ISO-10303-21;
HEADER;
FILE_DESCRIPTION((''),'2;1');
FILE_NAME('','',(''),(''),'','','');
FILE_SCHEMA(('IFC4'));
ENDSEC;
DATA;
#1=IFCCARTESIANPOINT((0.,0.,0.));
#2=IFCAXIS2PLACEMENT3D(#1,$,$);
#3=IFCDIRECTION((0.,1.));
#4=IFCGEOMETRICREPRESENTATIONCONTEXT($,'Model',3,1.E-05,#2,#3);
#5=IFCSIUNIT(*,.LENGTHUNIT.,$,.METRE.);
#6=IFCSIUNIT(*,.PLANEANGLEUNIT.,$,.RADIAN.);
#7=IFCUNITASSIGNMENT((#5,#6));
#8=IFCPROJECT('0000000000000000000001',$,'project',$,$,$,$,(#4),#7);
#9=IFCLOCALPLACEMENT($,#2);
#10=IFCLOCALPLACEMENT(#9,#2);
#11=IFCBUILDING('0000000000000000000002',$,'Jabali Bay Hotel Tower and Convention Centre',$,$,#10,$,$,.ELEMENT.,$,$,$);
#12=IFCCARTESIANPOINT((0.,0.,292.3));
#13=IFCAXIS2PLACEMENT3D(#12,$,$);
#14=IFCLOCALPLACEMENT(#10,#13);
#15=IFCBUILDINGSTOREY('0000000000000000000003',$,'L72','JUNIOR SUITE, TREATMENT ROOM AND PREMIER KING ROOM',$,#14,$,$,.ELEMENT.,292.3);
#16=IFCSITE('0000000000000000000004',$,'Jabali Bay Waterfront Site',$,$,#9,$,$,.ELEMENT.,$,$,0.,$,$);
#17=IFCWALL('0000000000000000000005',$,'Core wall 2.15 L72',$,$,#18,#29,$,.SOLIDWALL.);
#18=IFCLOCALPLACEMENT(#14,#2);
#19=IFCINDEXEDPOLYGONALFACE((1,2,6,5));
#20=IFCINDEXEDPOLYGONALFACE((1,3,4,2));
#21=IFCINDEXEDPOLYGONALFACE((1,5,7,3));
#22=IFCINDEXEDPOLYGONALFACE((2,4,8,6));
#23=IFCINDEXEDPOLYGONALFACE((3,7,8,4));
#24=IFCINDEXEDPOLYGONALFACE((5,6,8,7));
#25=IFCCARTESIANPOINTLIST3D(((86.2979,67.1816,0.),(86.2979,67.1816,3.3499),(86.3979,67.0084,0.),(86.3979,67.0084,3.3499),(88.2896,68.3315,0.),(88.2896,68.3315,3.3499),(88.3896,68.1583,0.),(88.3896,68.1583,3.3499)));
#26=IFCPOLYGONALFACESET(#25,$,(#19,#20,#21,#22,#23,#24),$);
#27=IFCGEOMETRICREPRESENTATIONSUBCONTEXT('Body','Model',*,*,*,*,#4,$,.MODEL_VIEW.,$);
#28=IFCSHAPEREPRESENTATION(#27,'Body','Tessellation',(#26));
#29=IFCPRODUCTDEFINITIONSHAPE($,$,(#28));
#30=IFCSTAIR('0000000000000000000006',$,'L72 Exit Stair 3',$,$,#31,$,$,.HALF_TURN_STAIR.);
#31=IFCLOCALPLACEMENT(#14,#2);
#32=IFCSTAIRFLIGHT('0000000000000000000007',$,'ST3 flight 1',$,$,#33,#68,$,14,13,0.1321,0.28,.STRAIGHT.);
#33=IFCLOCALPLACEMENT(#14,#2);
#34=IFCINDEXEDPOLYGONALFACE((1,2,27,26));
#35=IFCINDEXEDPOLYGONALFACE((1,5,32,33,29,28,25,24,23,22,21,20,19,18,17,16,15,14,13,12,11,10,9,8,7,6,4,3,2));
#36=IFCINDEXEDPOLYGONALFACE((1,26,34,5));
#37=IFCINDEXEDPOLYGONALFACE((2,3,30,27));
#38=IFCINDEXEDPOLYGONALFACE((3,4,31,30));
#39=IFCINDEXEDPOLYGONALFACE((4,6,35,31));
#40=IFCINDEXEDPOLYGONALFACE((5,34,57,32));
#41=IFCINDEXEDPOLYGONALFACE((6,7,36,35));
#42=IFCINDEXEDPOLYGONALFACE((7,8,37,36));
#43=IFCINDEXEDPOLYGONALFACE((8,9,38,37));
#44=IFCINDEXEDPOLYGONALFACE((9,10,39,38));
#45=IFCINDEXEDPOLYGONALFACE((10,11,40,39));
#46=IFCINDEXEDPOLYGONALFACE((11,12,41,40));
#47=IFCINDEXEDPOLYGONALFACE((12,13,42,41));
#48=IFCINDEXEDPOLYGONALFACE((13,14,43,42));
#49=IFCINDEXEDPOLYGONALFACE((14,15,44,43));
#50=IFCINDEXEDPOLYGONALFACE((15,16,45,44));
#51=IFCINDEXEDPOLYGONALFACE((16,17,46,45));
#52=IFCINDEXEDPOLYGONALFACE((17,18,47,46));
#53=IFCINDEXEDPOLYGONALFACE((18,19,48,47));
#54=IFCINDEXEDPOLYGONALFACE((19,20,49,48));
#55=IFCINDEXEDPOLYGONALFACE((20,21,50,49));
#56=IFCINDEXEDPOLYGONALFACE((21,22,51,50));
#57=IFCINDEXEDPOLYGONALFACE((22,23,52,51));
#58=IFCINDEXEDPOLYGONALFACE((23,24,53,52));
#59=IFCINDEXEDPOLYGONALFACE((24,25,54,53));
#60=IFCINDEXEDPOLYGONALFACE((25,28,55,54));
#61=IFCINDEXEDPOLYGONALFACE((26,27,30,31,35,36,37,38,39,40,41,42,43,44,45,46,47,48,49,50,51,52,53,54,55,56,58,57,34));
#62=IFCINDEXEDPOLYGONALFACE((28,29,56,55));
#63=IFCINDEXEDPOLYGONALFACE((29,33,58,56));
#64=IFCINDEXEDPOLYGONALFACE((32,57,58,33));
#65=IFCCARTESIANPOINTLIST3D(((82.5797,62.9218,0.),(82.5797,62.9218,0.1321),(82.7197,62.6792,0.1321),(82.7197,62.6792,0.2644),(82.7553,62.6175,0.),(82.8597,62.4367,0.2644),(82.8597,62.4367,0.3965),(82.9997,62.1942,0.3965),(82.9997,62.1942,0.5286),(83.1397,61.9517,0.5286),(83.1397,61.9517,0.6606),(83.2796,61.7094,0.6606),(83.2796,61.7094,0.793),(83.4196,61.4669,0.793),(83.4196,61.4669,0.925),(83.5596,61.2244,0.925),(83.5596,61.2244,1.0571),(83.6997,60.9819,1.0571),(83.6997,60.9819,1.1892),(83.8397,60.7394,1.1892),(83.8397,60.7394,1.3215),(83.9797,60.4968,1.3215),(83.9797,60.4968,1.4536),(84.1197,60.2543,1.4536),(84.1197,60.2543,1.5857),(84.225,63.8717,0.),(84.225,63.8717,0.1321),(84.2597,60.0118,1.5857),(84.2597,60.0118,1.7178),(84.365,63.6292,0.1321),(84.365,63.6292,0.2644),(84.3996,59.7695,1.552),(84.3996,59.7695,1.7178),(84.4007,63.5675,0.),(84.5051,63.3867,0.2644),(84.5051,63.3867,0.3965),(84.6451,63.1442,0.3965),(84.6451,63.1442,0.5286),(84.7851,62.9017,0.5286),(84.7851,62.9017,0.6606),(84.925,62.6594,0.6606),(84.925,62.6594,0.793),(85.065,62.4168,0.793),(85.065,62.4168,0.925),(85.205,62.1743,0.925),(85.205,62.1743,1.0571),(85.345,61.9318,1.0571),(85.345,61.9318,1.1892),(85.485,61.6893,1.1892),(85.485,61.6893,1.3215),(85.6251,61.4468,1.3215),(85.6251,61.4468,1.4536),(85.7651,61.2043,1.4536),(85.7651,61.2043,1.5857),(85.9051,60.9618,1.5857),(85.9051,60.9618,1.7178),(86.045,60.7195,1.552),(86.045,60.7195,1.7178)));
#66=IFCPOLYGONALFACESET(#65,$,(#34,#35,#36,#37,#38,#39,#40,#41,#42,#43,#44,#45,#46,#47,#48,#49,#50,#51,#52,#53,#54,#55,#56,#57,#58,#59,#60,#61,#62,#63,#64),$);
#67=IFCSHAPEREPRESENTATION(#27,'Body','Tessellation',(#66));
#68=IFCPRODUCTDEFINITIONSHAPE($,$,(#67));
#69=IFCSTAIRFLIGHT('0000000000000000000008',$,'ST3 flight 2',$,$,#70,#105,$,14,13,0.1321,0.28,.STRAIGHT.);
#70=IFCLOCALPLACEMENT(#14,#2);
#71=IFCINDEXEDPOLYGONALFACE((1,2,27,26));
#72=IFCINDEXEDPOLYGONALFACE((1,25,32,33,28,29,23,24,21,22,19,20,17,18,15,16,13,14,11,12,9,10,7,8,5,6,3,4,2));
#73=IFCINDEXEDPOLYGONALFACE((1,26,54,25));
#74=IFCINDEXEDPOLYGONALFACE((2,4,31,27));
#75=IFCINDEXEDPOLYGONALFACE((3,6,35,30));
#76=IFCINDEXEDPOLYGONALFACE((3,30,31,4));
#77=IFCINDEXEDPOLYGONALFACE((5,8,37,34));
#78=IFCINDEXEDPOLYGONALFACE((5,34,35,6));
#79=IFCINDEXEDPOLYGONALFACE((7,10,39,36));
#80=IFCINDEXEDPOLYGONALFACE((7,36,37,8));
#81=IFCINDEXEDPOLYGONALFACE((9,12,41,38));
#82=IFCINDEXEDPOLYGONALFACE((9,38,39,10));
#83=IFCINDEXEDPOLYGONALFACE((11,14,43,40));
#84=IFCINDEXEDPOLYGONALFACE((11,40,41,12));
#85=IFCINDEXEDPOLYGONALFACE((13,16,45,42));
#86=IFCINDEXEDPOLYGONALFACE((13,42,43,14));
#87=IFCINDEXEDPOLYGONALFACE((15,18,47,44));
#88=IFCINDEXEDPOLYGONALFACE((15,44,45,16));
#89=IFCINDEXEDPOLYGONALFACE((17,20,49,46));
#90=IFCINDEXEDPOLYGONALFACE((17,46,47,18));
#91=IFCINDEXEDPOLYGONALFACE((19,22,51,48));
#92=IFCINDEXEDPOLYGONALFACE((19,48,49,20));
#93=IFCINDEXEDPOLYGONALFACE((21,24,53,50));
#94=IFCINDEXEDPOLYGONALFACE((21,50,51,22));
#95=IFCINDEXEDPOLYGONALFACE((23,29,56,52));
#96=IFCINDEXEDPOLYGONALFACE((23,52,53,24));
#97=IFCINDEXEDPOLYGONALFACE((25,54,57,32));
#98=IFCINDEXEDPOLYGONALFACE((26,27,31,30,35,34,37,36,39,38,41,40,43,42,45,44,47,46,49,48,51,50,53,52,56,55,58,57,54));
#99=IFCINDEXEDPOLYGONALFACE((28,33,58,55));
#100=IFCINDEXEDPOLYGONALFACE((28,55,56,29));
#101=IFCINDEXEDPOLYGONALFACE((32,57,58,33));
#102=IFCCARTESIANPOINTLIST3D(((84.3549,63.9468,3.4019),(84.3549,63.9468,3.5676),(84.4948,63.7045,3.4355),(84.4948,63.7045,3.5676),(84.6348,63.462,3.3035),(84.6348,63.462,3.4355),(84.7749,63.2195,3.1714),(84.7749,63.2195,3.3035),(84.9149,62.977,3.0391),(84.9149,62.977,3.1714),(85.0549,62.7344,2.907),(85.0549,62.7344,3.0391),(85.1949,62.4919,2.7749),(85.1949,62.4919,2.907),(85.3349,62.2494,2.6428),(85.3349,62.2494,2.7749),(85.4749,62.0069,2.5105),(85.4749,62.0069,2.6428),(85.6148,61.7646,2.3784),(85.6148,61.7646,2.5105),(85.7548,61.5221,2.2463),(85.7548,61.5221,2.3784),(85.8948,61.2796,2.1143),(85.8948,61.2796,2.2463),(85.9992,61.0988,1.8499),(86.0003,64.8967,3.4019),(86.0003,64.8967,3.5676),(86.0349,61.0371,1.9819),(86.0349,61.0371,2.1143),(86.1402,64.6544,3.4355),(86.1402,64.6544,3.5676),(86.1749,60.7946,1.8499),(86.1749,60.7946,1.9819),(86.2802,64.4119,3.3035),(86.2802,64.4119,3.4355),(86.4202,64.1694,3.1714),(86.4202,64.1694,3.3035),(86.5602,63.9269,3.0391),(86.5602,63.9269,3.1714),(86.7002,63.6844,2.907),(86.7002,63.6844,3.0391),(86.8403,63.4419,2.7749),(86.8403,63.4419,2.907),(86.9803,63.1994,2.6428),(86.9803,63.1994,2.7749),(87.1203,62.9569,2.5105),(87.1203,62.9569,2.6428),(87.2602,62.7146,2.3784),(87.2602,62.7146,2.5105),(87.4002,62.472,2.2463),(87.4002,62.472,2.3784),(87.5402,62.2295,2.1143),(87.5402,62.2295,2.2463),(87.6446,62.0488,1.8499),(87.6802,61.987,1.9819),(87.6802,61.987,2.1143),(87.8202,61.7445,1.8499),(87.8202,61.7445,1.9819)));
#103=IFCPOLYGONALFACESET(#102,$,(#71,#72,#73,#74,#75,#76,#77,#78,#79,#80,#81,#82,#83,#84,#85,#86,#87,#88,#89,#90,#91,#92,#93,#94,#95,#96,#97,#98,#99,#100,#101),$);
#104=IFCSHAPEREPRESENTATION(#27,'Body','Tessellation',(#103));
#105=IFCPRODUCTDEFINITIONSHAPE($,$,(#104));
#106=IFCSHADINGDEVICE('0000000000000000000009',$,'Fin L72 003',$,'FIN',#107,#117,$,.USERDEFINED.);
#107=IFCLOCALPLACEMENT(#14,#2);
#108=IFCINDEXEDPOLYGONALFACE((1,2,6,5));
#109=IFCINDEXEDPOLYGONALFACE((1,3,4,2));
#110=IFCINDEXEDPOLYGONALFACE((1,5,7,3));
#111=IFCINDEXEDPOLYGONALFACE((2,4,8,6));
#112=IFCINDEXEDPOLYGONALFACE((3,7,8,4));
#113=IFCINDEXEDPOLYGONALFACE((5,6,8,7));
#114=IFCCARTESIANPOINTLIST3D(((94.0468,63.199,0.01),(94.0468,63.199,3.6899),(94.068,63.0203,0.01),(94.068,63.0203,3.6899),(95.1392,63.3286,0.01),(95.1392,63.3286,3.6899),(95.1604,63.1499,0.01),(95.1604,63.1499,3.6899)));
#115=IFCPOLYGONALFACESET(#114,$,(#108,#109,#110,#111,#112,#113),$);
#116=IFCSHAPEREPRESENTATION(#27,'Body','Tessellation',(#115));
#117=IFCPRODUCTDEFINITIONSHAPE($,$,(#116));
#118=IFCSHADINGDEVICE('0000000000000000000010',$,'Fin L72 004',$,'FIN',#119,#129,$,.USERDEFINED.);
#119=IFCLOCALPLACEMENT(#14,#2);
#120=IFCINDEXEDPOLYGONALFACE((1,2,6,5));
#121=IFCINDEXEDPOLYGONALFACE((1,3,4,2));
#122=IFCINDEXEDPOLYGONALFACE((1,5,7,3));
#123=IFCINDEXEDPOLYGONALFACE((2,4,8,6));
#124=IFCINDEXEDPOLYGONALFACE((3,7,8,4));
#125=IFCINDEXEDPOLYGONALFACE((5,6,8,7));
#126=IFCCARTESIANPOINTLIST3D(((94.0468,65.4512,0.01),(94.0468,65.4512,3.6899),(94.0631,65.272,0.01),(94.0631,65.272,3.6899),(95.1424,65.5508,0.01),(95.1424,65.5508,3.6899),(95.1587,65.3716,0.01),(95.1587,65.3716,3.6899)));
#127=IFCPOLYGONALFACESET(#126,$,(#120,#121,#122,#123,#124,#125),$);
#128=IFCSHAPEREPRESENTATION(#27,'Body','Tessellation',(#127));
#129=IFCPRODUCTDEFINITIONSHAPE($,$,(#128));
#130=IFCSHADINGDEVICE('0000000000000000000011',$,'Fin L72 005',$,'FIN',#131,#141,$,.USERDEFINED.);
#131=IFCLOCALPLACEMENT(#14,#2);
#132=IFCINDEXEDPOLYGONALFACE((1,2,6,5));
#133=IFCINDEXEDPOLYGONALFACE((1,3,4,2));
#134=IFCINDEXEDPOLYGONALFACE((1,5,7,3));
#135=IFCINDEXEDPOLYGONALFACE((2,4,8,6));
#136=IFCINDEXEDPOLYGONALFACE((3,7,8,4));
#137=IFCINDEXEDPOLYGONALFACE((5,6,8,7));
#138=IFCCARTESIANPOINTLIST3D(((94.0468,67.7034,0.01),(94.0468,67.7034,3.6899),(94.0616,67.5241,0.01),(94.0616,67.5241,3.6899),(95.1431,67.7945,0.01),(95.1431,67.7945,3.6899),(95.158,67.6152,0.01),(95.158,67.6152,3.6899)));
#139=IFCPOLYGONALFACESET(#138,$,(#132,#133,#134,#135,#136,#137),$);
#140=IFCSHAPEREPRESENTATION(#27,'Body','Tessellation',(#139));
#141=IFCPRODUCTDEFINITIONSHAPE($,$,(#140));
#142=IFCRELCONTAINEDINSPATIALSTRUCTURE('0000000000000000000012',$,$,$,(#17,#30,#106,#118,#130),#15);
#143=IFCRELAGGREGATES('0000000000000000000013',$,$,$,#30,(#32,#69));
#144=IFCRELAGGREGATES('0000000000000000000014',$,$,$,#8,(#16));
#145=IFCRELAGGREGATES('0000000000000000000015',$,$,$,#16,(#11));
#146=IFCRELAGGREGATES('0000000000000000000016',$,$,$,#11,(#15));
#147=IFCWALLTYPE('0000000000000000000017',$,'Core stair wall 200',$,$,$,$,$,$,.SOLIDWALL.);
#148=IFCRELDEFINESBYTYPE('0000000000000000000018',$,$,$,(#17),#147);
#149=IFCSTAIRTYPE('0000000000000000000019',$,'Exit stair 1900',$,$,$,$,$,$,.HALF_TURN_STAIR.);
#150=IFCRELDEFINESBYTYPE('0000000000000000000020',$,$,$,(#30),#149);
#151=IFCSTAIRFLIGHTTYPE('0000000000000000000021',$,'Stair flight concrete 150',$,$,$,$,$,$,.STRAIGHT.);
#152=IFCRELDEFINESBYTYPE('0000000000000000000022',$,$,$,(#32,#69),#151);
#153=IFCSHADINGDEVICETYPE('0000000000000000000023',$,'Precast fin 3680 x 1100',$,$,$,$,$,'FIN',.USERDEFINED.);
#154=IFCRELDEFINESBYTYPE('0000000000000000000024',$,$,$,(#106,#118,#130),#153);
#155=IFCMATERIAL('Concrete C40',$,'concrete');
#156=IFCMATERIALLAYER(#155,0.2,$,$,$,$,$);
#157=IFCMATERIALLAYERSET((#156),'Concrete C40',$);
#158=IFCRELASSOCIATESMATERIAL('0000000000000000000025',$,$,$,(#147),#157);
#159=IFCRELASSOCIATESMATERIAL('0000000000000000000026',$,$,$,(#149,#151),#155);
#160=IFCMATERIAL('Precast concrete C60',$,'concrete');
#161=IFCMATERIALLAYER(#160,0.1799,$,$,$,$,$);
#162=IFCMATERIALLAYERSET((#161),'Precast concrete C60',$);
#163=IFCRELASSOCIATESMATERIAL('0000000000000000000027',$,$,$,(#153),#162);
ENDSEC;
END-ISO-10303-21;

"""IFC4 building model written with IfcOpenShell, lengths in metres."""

from ifc_helpers import new_model, si_unit, direction, frame, frame_2d, origin, place, context, subcontext, project, spatial, polyline, rectangle, outline, extrude, material, layer, layer_set, type_object, element, aggregate, save


model = new_model("IFC4")

# Units and contexts
model_context = context("Model", 3, precision=1e-05, world=origin(), true_north=direction((0.0, 1.0)))
body_context = subcontext(model_context, "Body", "Model", "MODEL_VIEW")
ifc_project = project(units=[si_unit("LENGTHUNIT", "METRE"), si_unit("PLANEANGLEUNIT", "RADIAN")], contexts=[model_context])

# Site, building, storey
site_placement = place(None, origin())
site = spatial("IfcSite", under=ifc_project, at=site_placement, Name="Jabali Bay Waterfront Site", CompositionType="ELEMENT", RefElevation=0.0)
building_placement = place(site_placement, origin())
building = spatial("IfcBuilding", under=site, at=building_placement, Name="Jabali Bay Hotel Tower and Convention Centre", CompositionType="ELEMENT")
storey_placement = place(building_placement, frame((0.0, 0.0, 292.3)))
storey = spatial("IfcBuildingStorey", under=building, at=storey_placement, Name="L72", Description="JUNIOR SUITE, TREATMENT ROOM AND PREMIER KING ROOM", CompositionType="ELEMENT", Elevation=292.3)

# Shared definitions
ifc_material_1 = material(Name="Concrete C40", Category="concrete")

# Shared definitions
ifc_layer_1 = layer(ifc_material_1, 0.2)
ifc_layer_set_1 = layer_set([ifc_layer_1], Name="Concrete C40")
wall_type_1 = type_object("IfcWallType", Name="Core stair wall 200", PredefinedType="SOLIDWALL", material=ifc_layer_set_1)

# Wall
wall_1_placement = place(storey_placement, frame((86.3479, 67.095, 0.0), z_axis=(0.0, 0.0, 1.0), x_axis=(0.866026, 0.499998, 0.0)))
element("IfcWall", 1, at=wall_1_placement, inside=storey, type_object=wall_type_1, Name="Core wall 2.15 L72", PredefinedType="SOLIDWALL", context=body_context, shape_type="SweptSolid", body=[
    extrude(rectangle(XDim=2.2998, YDim=0.2, at=frame_2d((1.1499, 0.0))), origin(), (0.0, 0.0, 1.0), 3.3499),
])

# Stair, stair flights
stair_type = type_object("IfcStairType", Name="Exit stair 1900", PredefinedType="HALF_TURN_STAIR", material=ifc_material_1)
stair_placement = place(storey_placement, origin())
stair = element("IfcStair", 2, at=stair_placement, inside=storey, type_object=stair_type, Name="L72 Exit Stair 3", PredefinedType="HALF_TURN_STAIR")
stair_flight_type = type_object("IfcStairFlightType", Name="Stair flight concrete 150", PredefinedType="STRAIGHT", material=ifc_material_1)
stair_flight_1_placement = place(storey_placement, frame((83.4023, 63.3967, 0.0), z_axis=(0.0, 0.0, 1.0), x_axis=(0.5, -0.866025, 0.0)))
stair_flight_1 = element("IfcStairFlight", 3, at=stair_flight_1_placement, type_object=stair_flight_type, Name="ST3 flight 1", NumberOfRisers=14, NumberOfTreads=13, PredefinedType="STRAIGHT", RiserHeight=0.1321, TreadLength=0.28, context=body_context, shape_type="SweptSolid", body=[
    extrude(outline(polyline([(0.0, 0.0), (0.0, 0.1321), (0.28, 0.1321), (0.28, 0.2644), (0.5601, 0.2644), (0.5601, 0.3965), (0.8401, 0.3965), (0.8401, 0.5286), (1.1201, 0.5286), (1.1201, 0.6606), (1.3999, 0.6606), (1.3999, 0.793), (1.6799, 0.793), (1.6799, 0.925), (1.96, 0.925), (1.96, 1.0571), (2.24, 1.0571), (2.24, 1.1892), (2.52, 1.1892), (2.52, 1.3215), (2.8, 1.3215), (2.8, 1.4536), (3.0801, 1.4536), (3.0801, 1.5857), (3.3601, 1.5857), (3.3601, 1.7178), (3.6399, 1.7178), (3.6399, 1.8501), (3.6399, 1.552), (0.3513, 0.0), (0.0, 0.0)])), frame((0.0, 0.95, 0.0), z_axis=(0.0, -1.0, 0.0), x_axis=(1.0, 0.0, 0.0)), (0.0, 0.0, 1.0), 1.8999),
])
stair_flight_2_placement = place(storey_placement, frame((86.9976, 61.2695, 1.8499), z_axis=(0.0, 0.0, 1.0), x_axis=(-0.5, 0.866025, 0.0)))
stair_flight_2 = element("IfcStairFlight", 4, at=stair_flight_2_placement, type_object=stair_flight_type, Name="ST3 flight 2", NumberOfRisers=14, NumberOfTreads=13, PredefinedType="STRAIGHT", RiserHeight=0.1321, TreadLength=0.28, context=body_context, shape_type="SweptSolid", body=[
    extrude(outline(polyline([(0.0, 0.0), (0.0, 0.1321), (0.28, 0.1321), (0.28, 0.2644), (0.5601, 0.2644), (0.5601, 0.3965), (0.8401, 0.3965), (0.8401, 0.5286), (1.1201, 0.5286), (1.1201, 0.6606), (1.3999, 0.6606), (1.3999, 0.793), (1.6799, 0.793), (1.6799, 0.925), (1.96, 0.925), (1.96, 1.0571), (2.24, 1.0571), (2.24, 1.1892), (2.52, 1.1892), (2.52, 1.3215), (2.8, 1.3215), (2.8, 1.4536), (3.0801, 1.4536), (3.0801, 1.5857), (3.3601, 1.5857), (3.3601, 1.7178), (3.6399, 1.7178), (3.6399, 1.8501), (3.6399, 1.552), (0.3513, 0.0), (0.0, 0.0)])), frame((0.0, 0.95, 0.0), z_axis=(0.0, -1.0, 0.0), x_axis=(1.0, 0.0, 0.0)), (0.0, 0.0, 1.0), 1.8999),
])
aggregate(stair, [stair_flight_1, stair_flight_2])

# Shading devices
ifc_material_2 = material(Name="Precast concrete C60", Category="concrete")
ifc_layer_2 = layer(ifc_material_2, 0.1799)
ifc_layer_set_2 = layer_set([ifc_layer_2], Name="Precast concrete C60")
shading_device_type = type_object("IfcShadingDeviceType", Name="Precast fin 3680 x 1100", ElementType="FIN", PredefinedType="USERDEFINED", material=ifc_layer_set_2)
for number, where, z_axis, x_axis, name in (
    (5, (94.0574, 63.1096, 0.01), (0.0, 0.0, 1.0), (0.993033, 0.117833, 0.0), "Fin L72 003"),
    (6, (94.0549, 65.3616, 0.01), (0.0, 0.0, 1.0), (0.995891, 0.090556, 0.0), "Fin L72 004"),
    (7, (94.0542, 67.6138, 0.01), (0.0, 0.0, 1.0), (0.996569, 0.08277, 0.0), "Fin L72 005"),
):
    element("IfcShadingDevice", number, at=place(storey_placement, frame(where, z_axis=z_axis, x_axis=x_axis)), inside=storey, type_object=shading_device_type, Name=name, ObjectType="FIN", PredefinedType="USERDEFINED", context=body_context, shape_type="SweptSolid", body=[
        extrude(rectangle(XDim=1.1001, YDim=0.1799, at=frame_2d((0.55, 0.0))), origin(), (0.0, 0.0, 1.0), 3.6799),
    ])

save(model, "model.ifc")
